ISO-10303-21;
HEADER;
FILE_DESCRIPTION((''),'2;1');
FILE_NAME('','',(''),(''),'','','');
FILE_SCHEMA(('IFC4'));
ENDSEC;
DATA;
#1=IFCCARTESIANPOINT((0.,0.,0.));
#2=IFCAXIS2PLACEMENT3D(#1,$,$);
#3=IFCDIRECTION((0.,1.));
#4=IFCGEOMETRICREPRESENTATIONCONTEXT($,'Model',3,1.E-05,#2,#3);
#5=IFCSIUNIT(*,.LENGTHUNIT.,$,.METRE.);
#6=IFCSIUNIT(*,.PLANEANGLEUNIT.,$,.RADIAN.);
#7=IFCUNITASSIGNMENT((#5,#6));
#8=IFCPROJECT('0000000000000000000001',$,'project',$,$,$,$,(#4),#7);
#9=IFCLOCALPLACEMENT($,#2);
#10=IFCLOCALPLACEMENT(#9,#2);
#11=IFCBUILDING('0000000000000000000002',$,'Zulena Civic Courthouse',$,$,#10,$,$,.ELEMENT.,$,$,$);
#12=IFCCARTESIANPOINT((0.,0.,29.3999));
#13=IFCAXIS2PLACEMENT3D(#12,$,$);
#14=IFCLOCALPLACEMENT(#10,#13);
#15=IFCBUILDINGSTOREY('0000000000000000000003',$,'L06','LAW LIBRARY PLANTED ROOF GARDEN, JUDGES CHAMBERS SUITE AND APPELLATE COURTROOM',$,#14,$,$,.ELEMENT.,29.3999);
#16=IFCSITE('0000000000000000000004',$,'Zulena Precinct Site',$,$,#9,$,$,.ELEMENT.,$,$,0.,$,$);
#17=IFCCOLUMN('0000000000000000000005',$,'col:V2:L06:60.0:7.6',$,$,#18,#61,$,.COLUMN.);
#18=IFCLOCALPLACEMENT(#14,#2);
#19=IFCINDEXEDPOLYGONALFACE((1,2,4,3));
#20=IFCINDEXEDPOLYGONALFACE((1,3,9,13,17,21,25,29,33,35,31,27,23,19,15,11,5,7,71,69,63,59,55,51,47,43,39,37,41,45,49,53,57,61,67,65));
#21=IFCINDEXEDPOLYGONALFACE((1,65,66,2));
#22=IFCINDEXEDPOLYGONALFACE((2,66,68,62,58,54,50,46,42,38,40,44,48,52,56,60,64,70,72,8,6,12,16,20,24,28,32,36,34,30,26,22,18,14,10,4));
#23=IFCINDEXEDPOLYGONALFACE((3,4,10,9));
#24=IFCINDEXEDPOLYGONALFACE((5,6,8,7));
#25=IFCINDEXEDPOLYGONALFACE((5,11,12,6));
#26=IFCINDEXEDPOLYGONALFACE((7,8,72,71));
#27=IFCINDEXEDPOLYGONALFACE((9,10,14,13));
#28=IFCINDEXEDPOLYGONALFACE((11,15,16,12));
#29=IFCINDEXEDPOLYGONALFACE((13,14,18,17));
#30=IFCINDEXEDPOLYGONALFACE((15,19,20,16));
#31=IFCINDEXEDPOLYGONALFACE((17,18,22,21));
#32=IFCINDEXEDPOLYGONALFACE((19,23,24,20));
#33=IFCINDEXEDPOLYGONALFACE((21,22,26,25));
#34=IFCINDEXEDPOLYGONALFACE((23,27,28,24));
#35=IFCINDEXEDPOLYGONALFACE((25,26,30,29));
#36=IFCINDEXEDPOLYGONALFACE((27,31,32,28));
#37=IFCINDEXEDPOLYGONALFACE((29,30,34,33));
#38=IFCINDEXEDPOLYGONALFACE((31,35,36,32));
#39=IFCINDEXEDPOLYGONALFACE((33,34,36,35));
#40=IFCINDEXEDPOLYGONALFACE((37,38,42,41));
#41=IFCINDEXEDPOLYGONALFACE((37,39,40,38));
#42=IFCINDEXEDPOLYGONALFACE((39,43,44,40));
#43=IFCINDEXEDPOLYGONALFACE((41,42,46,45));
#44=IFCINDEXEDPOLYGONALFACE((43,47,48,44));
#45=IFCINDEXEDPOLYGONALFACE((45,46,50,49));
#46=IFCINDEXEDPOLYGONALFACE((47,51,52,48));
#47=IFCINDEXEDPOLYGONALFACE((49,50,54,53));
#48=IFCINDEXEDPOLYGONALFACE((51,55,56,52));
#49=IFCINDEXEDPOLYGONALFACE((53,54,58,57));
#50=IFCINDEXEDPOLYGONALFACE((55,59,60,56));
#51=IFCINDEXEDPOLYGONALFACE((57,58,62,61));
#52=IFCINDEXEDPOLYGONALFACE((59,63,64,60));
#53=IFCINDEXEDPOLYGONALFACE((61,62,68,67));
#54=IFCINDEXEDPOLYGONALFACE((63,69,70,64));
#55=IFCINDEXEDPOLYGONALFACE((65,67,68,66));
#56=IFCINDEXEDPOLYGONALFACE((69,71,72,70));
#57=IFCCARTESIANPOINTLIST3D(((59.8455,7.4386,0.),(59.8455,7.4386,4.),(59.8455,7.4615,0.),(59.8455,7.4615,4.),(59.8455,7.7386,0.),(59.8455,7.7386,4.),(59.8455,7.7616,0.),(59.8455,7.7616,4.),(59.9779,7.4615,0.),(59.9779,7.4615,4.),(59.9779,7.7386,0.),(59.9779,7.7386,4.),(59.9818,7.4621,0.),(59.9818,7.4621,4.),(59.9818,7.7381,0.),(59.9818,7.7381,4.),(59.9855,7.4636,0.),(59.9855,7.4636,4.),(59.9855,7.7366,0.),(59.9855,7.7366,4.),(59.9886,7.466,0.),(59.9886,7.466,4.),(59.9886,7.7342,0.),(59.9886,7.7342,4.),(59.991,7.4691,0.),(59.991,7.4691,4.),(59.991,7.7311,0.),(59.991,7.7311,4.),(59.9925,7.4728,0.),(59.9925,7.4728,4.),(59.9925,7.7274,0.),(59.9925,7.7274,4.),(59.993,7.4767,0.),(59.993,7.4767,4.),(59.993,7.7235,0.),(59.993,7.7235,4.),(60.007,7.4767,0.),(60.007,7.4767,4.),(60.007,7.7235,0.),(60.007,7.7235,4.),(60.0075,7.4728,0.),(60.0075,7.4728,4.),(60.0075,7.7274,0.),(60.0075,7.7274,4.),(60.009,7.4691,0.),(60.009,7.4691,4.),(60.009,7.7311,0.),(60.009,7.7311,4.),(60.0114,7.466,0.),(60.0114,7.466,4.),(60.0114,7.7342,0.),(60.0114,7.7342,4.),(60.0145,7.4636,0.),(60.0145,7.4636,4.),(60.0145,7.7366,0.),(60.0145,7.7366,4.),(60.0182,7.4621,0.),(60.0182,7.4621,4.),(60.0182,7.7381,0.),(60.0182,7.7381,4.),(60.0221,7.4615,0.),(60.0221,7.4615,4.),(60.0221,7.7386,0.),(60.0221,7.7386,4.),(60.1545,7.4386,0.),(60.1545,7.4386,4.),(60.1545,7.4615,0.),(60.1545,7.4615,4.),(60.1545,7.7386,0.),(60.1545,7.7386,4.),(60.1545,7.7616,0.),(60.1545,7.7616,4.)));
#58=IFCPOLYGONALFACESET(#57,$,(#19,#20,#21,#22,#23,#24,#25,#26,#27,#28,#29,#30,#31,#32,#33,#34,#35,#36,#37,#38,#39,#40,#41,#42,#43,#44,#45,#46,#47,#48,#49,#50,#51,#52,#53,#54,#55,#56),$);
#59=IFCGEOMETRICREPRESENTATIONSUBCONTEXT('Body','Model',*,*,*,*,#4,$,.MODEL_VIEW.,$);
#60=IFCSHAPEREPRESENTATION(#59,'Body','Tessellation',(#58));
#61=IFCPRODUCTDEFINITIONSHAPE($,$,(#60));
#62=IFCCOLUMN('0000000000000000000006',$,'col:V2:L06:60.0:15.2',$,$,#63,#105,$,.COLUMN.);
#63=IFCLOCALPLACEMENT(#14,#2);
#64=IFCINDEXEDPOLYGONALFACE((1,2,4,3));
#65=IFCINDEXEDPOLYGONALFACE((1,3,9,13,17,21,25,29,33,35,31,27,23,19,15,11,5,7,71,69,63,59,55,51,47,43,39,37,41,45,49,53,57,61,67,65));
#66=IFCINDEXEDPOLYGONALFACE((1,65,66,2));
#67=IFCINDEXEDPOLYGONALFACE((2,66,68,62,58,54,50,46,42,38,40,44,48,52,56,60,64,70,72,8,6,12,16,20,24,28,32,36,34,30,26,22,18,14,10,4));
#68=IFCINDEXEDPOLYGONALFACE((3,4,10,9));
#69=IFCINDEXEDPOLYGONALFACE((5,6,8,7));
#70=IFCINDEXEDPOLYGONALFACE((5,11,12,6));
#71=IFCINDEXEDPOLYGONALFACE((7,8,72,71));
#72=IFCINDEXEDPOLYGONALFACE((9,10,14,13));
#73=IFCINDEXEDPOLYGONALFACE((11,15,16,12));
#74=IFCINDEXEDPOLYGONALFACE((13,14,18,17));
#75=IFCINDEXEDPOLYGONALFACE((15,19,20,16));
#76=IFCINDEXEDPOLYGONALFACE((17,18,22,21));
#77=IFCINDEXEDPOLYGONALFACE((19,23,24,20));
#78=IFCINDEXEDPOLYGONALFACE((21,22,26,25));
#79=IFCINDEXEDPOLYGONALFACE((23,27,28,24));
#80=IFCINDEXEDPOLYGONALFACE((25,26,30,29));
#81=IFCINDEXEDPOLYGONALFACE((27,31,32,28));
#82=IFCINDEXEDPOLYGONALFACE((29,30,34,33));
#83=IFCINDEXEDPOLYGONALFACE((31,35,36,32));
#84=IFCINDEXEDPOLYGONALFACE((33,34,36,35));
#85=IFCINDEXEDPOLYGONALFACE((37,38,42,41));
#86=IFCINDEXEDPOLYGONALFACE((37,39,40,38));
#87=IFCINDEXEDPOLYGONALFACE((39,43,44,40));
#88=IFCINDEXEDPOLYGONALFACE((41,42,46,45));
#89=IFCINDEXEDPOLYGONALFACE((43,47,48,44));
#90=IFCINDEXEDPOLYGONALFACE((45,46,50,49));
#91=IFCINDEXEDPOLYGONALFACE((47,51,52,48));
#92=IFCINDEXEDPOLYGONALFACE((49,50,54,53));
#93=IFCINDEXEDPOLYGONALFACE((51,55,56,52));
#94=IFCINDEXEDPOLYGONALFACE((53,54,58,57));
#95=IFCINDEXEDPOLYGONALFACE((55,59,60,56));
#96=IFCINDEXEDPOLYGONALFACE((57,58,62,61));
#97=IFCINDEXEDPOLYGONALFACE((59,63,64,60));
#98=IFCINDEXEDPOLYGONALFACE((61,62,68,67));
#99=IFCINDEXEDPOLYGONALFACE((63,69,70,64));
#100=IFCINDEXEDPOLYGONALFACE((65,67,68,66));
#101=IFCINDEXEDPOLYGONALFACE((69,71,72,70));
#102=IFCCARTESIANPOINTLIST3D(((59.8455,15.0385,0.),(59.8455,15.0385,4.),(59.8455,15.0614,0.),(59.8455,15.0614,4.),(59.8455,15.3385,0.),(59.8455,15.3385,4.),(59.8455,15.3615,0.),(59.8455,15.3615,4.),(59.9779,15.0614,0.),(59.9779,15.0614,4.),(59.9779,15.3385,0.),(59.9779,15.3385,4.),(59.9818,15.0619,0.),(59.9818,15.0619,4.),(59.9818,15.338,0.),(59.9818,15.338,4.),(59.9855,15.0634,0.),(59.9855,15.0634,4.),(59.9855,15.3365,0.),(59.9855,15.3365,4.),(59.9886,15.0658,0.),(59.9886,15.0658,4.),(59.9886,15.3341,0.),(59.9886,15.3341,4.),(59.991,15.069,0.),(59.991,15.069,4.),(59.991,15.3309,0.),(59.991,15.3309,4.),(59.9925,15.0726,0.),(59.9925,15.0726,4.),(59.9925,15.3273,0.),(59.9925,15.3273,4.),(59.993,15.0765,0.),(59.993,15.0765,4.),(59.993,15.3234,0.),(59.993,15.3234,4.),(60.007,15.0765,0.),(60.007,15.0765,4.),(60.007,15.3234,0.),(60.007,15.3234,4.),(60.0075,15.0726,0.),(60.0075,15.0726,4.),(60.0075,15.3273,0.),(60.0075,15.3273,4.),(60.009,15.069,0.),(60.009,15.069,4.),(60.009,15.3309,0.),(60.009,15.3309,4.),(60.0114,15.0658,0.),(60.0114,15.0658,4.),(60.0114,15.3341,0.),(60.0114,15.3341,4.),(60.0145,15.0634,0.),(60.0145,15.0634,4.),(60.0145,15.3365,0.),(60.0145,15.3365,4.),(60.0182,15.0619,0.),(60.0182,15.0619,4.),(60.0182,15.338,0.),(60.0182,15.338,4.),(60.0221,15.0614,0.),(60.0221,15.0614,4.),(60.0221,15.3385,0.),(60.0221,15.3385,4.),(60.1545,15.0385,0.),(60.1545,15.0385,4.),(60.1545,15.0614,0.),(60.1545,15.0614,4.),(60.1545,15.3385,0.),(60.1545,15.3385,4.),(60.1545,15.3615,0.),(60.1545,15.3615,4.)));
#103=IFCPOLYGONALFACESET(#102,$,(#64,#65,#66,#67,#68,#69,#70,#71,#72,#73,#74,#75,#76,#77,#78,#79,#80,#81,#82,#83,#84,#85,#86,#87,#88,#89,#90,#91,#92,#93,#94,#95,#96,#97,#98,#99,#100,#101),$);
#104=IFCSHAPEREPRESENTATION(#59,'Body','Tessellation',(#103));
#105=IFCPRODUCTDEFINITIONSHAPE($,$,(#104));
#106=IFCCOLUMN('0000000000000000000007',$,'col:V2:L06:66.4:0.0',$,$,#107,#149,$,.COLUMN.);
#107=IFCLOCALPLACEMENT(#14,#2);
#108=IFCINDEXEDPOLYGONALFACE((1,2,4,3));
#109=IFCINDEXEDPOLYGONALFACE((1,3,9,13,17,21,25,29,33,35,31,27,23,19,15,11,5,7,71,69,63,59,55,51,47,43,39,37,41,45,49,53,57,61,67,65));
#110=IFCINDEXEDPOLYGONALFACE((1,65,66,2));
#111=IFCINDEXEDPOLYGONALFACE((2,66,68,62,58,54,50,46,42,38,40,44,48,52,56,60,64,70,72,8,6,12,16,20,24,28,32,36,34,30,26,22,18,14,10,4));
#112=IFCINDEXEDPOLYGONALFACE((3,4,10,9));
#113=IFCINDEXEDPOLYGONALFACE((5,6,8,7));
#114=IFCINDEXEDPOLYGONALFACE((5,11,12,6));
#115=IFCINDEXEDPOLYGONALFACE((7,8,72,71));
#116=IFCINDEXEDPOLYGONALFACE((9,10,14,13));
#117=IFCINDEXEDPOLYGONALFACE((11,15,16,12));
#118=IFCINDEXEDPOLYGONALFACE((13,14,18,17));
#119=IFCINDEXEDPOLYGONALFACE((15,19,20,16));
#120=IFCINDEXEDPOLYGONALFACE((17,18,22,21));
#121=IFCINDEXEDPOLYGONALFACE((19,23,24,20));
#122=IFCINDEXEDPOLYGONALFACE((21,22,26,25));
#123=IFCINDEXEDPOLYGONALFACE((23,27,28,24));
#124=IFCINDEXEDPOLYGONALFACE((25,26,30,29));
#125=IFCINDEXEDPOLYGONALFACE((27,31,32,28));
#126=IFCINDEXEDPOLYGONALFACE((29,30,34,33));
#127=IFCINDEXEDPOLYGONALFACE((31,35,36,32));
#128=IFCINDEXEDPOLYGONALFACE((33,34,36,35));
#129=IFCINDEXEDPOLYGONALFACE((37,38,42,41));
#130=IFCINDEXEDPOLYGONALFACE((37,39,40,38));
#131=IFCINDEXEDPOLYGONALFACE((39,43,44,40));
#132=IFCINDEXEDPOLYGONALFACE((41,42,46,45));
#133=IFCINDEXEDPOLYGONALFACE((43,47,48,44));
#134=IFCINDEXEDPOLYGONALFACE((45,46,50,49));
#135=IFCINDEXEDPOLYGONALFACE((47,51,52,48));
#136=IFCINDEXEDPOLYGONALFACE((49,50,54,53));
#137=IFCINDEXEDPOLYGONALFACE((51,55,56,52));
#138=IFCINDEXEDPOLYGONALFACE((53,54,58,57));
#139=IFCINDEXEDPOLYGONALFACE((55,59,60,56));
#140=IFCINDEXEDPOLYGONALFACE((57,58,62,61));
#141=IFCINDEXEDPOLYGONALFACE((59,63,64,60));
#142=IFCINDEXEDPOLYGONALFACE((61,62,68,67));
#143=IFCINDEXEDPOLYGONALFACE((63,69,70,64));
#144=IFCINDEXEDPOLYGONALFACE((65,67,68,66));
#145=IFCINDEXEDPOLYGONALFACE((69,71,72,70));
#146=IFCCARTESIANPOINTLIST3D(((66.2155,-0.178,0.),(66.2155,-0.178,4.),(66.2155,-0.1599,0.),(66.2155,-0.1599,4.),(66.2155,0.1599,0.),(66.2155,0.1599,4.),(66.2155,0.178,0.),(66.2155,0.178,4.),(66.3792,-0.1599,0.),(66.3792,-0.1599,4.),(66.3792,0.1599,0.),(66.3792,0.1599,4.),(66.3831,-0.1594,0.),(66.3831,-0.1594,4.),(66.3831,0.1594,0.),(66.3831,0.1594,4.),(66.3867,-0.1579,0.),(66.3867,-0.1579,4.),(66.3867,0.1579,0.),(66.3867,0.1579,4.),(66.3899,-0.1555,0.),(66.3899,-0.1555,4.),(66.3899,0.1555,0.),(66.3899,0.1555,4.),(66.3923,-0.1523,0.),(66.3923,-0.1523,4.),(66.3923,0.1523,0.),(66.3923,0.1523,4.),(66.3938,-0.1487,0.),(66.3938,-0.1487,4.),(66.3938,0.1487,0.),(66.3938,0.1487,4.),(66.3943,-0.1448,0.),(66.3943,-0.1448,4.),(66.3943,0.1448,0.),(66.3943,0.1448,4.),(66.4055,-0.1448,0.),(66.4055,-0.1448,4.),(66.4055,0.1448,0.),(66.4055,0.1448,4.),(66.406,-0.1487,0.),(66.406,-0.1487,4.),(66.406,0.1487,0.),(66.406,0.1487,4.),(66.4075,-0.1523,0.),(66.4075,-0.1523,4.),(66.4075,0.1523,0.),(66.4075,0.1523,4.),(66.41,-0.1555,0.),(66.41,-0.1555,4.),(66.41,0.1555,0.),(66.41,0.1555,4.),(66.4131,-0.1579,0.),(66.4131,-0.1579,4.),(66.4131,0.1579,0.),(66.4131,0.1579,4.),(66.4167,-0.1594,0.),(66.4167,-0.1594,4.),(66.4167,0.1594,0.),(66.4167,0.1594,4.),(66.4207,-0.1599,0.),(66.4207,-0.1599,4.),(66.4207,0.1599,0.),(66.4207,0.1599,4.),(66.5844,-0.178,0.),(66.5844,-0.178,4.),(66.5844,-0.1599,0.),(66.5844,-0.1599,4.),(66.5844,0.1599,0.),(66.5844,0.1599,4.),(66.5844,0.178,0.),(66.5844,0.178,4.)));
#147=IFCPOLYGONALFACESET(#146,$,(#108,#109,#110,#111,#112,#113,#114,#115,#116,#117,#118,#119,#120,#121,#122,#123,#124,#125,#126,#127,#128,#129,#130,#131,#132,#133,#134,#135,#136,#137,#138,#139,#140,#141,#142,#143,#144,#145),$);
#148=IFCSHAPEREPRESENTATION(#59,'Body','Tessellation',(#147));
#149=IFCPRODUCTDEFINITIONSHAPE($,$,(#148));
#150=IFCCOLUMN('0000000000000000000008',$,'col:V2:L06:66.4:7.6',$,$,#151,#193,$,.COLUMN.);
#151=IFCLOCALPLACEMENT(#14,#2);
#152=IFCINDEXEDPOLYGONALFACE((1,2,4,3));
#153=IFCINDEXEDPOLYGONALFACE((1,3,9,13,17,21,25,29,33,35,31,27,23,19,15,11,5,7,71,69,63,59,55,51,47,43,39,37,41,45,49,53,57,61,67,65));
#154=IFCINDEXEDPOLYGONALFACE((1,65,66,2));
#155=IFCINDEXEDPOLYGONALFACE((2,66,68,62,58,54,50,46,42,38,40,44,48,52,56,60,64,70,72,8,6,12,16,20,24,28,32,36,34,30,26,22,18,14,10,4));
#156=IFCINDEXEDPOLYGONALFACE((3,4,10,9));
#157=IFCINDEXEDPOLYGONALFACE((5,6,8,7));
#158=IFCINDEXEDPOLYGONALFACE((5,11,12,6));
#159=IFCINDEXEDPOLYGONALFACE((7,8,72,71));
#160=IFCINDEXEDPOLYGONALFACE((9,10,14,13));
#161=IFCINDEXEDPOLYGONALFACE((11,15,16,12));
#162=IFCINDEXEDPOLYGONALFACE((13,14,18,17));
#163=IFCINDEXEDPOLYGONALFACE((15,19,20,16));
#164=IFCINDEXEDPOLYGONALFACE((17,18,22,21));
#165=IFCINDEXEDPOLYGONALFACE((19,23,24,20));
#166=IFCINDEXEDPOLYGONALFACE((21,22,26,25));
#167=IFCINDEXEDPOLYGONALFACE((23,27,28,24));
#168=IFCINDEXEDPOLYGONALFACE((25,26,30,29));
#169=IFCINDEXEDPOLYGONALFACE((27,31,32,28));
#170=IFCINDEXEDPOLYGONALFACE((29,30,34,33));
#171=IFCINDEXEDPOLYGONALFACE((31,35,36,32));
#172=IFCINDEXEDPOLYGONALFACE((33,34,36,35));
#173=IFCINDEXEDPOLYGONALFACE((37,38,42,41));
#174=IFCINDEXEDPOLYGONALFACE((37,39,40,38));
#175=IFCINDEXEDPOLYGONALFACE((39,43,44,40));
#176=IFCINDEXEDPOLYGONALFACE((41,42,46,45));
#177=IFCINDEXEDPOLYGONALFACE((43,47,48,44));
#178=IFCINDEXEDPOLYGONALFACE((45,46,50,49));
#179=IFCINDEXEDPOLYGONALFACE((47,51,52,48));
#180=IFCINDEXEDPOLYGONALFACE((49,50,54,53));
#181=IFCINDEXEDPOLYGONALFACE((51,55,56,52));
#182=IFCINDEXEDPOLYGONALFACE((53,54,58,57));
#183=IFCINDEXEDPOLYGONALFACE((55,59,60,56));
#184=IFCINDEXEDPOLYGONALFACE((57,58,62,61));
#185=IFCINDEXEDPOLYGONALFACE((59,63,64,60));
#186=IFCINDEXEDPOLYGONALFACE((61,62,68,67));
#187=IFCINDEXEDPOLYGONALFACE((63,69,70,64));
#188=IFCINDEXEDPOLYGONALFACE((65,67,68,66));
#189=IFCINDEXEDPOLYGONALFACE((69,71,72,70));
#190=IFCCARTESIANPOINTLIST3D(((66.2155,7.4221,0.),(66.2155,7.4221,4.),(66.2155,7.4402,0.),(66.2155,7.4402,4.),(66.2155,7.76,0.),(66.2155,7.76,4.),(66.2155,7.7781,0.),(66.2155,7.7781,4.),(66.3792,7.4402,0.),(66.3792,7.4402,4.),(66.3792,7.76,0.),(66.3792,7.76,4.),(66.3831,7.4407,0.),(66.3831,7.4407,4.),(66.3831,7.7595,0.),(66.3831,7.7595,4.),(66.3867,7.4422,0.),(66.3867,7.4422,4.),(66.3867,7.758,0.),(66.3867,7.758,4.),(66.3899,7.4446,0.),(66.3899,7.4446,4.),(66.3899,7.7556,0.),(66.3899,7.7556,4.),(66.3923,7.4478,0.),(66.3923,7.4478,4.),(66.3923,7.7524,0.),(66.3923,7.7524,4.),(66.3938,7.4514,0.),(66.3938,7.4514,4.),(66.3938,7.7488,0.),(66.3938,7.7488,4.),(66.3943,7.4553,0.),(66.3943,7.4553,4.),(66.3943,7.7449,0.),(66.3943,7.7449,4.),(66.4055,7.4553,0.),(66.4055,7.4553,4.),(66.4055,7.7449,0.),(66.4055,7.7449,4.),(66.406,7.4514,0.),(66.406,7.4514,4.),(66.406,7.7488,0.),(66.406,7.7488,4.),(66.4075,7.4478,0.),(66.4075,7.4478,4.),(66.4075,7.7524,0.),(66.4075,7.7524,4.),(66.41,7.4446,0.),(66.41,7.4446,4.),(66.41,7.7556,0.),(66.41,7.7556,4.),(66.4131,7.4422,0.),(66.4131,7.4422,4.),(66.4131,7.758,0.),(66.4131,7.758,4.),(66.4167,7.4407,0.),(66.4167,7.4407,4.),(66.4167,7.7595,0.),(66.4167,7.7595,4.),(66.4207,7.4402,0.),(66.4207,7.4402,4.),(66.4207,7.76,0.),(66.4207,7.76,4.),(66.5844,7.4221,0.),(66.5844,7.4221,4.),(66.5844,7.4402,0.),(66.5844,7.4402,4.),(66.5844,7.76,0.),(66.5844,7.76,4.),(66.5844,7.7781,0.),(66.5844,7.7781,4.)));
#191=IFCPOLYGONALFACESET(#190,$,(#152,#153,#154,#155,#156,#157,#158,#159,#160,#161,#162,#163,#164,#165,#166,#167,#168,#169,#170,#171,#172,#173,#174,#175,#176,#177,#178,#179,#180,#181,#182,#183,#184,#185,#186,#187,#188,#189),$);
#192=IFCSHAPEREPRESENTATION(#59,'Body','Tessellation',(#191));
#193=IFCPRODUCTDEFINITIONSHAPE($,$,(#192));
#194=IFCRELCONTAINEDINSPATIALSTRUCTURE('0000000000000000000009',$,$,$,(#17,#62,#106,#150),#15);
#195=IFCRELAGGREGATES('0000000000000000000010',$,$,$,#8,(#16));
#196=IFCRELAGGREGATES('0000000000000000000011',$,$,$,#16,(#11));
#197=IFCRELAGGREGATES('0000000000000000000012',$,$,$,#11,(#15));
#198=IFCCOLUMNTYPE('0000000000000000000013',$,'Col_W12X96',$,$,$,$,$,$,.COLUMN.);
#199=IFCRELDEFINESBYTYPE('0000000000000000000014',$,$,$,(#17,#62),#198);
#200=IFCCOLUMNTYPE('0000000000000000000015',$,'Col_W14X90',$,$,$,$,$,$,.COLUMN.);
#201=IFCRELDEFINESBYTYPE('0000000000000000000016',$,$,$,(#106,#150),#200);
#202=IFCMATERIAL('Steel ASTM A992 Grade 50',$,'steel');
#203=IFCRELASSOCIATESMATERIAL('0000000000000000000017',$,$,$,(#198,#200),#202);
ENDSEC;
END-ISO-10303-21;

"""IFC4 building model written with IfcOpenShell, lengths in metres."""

from ifc_helpers import new_model, si_unit, direction, frame, origin, origin_2d, place, context, subcontext, project, spatial, i_section, extrude, material, material_profile, profile_set, type_object, element, save


model = new_model("IFC4")

# Units and contexts
model_context = context("Model", 3, precision=1e-05, world=origin(), true_north=direction((0.0, 1.0)))
body_context = subcontext(model_context, "Body", "Model", "MODEL_VIEW")
ifc_project = project(units=[si_unit("LENGTHUNIT", "METRE"), si_unit("PLANEANGLEUNIT", "RADIAN")], contexts=[model_context])

# Site, building, storey
site_placement = place(None, origin())
site = spatial("IfcSite", under=ifc_project, at=site_placement, Name="Zulena Precinct Site", CompositionType="ELEMENT", RefElevation=0.0)
building_placement = place(site_placement, origin())
building = spatial("IfcBuilding", under=site, at=building_placement, Name="Zulena Civic Courthouse", CompositionType="ELEMENT")
storey_placement = place(building_placement, frame((0.0, 0.0, 29.3999)))
storey = spatial("IfcBuildingStorey", under=building, at=storey_placement, Name="L06", Description="LAW LIBRARY PLANTED ROOF GARDEN, JUDGES CHAMBERS SUITE AND APPELLATE COURTROOM", CompositionType="ELEMENT", Elevation=29.3999)

# Columns
ifc_material_1 = material(Name="Steel ASTM A992 Grade 50", Category="steel")
ifc_material_profile_1 = material_profile(ifc_material_1, i_section(OverallWidth=0.3091, OverallDepth=0.323, WebThickness=0.0139, FlangeThickness=0.0229, FilletRadius=0.0151, at=origin_2d()), Name="W12X96")
ifc_profile_set_1 = profile_set([ifc_material_profile_1], Name="Steel ASTM A992 Grade 50")
column_type_1 = type_object("IfcColumnType", Name="Col_W12X96", PredefinedType="COLUMN", material=ifc_profile_set_1)
for number, where, z_axis, x_axis, name in (
    (1, (60.0, 7.6001, 0.0), (0.0, 0.0, 1.0), (1.0, 0.0, 0.0), "col:V2:L06:60.0:7.6"),
    (2, (60.0, 15.2, 0.0), (0.0, 0.0, 1.0), (1.0, 0.0, 0.0), "col:V2:L06:60.0:15.2"),
):
    element("IfcColumn", number, at=place(storey_placement, frame(where, z_axis=z_axis, x_axis=x_axis)), inside=storey, type_object=column_type_1, Name=name, PredefinedType="COLUMN", context=body_context, shape_type="SweptSolid", body=[
        extrude(i_section(OverallWidth=0.3091, OverallDepth=0.323, WebThickness=0.0139, FlangeThickness=0.0229, FilletRadius=0.0151, at=origin_2d()), origin(), (0.0, 0.0, 1.0), 4.0),
    ])
ifc_material_profile_2 = material_profile(ifc_material_1, i_section(OverallWidth=0.3689, OverallDepth=0.356, WebThickness=0.0112, FlangeThickness=0.0181, FilletRadius=0.0151, at=origin_2d()), Name="W14X90")
ifc_profile_set_2 = profile_set([ifc_material_profile_2], Name="Steel ASTM A992 Grade 50")
column_type_2 = type_object("IfcColumnType", Name="Col_W14X90", PredefinedType="COLUMN", material=ifc_profile_set_2)
for number, where, z_axis, x_axis, name in (
    (3, (66.3999, 0.0, 0.0), (0.0, 0.0, 1.0), (1.0, 0.0, 0.0), "col:V2:L06:66.4:0.0"),
    (4, (66.3999, 7.6001, 0.0), (0.0, 0.0, 1.0), (1.0, 0.0, 0.0), "col:V2:L06:66.4:7.6"),
):
    element("IfcColumn", number, at=place(storey_placement, frame(where, z_axis=z_axis, x_axis=x_axis)), inside=storey, type_object=column_type_2, Name=name, PredefinedType="COLUMN", context=body_context, shape_type="SweptSolid", body=[
        extrude(i_section(OverallWidth=0.3689, OverallDepth=0.356, WebThickness=0.0112, FlangeThickness=0.0181, FilletRadius=0.0151, at=origin_2d()), origin(), (0.0, 0.0, 1.0), 4.0),
    ])

save(model, "model.ifc")
